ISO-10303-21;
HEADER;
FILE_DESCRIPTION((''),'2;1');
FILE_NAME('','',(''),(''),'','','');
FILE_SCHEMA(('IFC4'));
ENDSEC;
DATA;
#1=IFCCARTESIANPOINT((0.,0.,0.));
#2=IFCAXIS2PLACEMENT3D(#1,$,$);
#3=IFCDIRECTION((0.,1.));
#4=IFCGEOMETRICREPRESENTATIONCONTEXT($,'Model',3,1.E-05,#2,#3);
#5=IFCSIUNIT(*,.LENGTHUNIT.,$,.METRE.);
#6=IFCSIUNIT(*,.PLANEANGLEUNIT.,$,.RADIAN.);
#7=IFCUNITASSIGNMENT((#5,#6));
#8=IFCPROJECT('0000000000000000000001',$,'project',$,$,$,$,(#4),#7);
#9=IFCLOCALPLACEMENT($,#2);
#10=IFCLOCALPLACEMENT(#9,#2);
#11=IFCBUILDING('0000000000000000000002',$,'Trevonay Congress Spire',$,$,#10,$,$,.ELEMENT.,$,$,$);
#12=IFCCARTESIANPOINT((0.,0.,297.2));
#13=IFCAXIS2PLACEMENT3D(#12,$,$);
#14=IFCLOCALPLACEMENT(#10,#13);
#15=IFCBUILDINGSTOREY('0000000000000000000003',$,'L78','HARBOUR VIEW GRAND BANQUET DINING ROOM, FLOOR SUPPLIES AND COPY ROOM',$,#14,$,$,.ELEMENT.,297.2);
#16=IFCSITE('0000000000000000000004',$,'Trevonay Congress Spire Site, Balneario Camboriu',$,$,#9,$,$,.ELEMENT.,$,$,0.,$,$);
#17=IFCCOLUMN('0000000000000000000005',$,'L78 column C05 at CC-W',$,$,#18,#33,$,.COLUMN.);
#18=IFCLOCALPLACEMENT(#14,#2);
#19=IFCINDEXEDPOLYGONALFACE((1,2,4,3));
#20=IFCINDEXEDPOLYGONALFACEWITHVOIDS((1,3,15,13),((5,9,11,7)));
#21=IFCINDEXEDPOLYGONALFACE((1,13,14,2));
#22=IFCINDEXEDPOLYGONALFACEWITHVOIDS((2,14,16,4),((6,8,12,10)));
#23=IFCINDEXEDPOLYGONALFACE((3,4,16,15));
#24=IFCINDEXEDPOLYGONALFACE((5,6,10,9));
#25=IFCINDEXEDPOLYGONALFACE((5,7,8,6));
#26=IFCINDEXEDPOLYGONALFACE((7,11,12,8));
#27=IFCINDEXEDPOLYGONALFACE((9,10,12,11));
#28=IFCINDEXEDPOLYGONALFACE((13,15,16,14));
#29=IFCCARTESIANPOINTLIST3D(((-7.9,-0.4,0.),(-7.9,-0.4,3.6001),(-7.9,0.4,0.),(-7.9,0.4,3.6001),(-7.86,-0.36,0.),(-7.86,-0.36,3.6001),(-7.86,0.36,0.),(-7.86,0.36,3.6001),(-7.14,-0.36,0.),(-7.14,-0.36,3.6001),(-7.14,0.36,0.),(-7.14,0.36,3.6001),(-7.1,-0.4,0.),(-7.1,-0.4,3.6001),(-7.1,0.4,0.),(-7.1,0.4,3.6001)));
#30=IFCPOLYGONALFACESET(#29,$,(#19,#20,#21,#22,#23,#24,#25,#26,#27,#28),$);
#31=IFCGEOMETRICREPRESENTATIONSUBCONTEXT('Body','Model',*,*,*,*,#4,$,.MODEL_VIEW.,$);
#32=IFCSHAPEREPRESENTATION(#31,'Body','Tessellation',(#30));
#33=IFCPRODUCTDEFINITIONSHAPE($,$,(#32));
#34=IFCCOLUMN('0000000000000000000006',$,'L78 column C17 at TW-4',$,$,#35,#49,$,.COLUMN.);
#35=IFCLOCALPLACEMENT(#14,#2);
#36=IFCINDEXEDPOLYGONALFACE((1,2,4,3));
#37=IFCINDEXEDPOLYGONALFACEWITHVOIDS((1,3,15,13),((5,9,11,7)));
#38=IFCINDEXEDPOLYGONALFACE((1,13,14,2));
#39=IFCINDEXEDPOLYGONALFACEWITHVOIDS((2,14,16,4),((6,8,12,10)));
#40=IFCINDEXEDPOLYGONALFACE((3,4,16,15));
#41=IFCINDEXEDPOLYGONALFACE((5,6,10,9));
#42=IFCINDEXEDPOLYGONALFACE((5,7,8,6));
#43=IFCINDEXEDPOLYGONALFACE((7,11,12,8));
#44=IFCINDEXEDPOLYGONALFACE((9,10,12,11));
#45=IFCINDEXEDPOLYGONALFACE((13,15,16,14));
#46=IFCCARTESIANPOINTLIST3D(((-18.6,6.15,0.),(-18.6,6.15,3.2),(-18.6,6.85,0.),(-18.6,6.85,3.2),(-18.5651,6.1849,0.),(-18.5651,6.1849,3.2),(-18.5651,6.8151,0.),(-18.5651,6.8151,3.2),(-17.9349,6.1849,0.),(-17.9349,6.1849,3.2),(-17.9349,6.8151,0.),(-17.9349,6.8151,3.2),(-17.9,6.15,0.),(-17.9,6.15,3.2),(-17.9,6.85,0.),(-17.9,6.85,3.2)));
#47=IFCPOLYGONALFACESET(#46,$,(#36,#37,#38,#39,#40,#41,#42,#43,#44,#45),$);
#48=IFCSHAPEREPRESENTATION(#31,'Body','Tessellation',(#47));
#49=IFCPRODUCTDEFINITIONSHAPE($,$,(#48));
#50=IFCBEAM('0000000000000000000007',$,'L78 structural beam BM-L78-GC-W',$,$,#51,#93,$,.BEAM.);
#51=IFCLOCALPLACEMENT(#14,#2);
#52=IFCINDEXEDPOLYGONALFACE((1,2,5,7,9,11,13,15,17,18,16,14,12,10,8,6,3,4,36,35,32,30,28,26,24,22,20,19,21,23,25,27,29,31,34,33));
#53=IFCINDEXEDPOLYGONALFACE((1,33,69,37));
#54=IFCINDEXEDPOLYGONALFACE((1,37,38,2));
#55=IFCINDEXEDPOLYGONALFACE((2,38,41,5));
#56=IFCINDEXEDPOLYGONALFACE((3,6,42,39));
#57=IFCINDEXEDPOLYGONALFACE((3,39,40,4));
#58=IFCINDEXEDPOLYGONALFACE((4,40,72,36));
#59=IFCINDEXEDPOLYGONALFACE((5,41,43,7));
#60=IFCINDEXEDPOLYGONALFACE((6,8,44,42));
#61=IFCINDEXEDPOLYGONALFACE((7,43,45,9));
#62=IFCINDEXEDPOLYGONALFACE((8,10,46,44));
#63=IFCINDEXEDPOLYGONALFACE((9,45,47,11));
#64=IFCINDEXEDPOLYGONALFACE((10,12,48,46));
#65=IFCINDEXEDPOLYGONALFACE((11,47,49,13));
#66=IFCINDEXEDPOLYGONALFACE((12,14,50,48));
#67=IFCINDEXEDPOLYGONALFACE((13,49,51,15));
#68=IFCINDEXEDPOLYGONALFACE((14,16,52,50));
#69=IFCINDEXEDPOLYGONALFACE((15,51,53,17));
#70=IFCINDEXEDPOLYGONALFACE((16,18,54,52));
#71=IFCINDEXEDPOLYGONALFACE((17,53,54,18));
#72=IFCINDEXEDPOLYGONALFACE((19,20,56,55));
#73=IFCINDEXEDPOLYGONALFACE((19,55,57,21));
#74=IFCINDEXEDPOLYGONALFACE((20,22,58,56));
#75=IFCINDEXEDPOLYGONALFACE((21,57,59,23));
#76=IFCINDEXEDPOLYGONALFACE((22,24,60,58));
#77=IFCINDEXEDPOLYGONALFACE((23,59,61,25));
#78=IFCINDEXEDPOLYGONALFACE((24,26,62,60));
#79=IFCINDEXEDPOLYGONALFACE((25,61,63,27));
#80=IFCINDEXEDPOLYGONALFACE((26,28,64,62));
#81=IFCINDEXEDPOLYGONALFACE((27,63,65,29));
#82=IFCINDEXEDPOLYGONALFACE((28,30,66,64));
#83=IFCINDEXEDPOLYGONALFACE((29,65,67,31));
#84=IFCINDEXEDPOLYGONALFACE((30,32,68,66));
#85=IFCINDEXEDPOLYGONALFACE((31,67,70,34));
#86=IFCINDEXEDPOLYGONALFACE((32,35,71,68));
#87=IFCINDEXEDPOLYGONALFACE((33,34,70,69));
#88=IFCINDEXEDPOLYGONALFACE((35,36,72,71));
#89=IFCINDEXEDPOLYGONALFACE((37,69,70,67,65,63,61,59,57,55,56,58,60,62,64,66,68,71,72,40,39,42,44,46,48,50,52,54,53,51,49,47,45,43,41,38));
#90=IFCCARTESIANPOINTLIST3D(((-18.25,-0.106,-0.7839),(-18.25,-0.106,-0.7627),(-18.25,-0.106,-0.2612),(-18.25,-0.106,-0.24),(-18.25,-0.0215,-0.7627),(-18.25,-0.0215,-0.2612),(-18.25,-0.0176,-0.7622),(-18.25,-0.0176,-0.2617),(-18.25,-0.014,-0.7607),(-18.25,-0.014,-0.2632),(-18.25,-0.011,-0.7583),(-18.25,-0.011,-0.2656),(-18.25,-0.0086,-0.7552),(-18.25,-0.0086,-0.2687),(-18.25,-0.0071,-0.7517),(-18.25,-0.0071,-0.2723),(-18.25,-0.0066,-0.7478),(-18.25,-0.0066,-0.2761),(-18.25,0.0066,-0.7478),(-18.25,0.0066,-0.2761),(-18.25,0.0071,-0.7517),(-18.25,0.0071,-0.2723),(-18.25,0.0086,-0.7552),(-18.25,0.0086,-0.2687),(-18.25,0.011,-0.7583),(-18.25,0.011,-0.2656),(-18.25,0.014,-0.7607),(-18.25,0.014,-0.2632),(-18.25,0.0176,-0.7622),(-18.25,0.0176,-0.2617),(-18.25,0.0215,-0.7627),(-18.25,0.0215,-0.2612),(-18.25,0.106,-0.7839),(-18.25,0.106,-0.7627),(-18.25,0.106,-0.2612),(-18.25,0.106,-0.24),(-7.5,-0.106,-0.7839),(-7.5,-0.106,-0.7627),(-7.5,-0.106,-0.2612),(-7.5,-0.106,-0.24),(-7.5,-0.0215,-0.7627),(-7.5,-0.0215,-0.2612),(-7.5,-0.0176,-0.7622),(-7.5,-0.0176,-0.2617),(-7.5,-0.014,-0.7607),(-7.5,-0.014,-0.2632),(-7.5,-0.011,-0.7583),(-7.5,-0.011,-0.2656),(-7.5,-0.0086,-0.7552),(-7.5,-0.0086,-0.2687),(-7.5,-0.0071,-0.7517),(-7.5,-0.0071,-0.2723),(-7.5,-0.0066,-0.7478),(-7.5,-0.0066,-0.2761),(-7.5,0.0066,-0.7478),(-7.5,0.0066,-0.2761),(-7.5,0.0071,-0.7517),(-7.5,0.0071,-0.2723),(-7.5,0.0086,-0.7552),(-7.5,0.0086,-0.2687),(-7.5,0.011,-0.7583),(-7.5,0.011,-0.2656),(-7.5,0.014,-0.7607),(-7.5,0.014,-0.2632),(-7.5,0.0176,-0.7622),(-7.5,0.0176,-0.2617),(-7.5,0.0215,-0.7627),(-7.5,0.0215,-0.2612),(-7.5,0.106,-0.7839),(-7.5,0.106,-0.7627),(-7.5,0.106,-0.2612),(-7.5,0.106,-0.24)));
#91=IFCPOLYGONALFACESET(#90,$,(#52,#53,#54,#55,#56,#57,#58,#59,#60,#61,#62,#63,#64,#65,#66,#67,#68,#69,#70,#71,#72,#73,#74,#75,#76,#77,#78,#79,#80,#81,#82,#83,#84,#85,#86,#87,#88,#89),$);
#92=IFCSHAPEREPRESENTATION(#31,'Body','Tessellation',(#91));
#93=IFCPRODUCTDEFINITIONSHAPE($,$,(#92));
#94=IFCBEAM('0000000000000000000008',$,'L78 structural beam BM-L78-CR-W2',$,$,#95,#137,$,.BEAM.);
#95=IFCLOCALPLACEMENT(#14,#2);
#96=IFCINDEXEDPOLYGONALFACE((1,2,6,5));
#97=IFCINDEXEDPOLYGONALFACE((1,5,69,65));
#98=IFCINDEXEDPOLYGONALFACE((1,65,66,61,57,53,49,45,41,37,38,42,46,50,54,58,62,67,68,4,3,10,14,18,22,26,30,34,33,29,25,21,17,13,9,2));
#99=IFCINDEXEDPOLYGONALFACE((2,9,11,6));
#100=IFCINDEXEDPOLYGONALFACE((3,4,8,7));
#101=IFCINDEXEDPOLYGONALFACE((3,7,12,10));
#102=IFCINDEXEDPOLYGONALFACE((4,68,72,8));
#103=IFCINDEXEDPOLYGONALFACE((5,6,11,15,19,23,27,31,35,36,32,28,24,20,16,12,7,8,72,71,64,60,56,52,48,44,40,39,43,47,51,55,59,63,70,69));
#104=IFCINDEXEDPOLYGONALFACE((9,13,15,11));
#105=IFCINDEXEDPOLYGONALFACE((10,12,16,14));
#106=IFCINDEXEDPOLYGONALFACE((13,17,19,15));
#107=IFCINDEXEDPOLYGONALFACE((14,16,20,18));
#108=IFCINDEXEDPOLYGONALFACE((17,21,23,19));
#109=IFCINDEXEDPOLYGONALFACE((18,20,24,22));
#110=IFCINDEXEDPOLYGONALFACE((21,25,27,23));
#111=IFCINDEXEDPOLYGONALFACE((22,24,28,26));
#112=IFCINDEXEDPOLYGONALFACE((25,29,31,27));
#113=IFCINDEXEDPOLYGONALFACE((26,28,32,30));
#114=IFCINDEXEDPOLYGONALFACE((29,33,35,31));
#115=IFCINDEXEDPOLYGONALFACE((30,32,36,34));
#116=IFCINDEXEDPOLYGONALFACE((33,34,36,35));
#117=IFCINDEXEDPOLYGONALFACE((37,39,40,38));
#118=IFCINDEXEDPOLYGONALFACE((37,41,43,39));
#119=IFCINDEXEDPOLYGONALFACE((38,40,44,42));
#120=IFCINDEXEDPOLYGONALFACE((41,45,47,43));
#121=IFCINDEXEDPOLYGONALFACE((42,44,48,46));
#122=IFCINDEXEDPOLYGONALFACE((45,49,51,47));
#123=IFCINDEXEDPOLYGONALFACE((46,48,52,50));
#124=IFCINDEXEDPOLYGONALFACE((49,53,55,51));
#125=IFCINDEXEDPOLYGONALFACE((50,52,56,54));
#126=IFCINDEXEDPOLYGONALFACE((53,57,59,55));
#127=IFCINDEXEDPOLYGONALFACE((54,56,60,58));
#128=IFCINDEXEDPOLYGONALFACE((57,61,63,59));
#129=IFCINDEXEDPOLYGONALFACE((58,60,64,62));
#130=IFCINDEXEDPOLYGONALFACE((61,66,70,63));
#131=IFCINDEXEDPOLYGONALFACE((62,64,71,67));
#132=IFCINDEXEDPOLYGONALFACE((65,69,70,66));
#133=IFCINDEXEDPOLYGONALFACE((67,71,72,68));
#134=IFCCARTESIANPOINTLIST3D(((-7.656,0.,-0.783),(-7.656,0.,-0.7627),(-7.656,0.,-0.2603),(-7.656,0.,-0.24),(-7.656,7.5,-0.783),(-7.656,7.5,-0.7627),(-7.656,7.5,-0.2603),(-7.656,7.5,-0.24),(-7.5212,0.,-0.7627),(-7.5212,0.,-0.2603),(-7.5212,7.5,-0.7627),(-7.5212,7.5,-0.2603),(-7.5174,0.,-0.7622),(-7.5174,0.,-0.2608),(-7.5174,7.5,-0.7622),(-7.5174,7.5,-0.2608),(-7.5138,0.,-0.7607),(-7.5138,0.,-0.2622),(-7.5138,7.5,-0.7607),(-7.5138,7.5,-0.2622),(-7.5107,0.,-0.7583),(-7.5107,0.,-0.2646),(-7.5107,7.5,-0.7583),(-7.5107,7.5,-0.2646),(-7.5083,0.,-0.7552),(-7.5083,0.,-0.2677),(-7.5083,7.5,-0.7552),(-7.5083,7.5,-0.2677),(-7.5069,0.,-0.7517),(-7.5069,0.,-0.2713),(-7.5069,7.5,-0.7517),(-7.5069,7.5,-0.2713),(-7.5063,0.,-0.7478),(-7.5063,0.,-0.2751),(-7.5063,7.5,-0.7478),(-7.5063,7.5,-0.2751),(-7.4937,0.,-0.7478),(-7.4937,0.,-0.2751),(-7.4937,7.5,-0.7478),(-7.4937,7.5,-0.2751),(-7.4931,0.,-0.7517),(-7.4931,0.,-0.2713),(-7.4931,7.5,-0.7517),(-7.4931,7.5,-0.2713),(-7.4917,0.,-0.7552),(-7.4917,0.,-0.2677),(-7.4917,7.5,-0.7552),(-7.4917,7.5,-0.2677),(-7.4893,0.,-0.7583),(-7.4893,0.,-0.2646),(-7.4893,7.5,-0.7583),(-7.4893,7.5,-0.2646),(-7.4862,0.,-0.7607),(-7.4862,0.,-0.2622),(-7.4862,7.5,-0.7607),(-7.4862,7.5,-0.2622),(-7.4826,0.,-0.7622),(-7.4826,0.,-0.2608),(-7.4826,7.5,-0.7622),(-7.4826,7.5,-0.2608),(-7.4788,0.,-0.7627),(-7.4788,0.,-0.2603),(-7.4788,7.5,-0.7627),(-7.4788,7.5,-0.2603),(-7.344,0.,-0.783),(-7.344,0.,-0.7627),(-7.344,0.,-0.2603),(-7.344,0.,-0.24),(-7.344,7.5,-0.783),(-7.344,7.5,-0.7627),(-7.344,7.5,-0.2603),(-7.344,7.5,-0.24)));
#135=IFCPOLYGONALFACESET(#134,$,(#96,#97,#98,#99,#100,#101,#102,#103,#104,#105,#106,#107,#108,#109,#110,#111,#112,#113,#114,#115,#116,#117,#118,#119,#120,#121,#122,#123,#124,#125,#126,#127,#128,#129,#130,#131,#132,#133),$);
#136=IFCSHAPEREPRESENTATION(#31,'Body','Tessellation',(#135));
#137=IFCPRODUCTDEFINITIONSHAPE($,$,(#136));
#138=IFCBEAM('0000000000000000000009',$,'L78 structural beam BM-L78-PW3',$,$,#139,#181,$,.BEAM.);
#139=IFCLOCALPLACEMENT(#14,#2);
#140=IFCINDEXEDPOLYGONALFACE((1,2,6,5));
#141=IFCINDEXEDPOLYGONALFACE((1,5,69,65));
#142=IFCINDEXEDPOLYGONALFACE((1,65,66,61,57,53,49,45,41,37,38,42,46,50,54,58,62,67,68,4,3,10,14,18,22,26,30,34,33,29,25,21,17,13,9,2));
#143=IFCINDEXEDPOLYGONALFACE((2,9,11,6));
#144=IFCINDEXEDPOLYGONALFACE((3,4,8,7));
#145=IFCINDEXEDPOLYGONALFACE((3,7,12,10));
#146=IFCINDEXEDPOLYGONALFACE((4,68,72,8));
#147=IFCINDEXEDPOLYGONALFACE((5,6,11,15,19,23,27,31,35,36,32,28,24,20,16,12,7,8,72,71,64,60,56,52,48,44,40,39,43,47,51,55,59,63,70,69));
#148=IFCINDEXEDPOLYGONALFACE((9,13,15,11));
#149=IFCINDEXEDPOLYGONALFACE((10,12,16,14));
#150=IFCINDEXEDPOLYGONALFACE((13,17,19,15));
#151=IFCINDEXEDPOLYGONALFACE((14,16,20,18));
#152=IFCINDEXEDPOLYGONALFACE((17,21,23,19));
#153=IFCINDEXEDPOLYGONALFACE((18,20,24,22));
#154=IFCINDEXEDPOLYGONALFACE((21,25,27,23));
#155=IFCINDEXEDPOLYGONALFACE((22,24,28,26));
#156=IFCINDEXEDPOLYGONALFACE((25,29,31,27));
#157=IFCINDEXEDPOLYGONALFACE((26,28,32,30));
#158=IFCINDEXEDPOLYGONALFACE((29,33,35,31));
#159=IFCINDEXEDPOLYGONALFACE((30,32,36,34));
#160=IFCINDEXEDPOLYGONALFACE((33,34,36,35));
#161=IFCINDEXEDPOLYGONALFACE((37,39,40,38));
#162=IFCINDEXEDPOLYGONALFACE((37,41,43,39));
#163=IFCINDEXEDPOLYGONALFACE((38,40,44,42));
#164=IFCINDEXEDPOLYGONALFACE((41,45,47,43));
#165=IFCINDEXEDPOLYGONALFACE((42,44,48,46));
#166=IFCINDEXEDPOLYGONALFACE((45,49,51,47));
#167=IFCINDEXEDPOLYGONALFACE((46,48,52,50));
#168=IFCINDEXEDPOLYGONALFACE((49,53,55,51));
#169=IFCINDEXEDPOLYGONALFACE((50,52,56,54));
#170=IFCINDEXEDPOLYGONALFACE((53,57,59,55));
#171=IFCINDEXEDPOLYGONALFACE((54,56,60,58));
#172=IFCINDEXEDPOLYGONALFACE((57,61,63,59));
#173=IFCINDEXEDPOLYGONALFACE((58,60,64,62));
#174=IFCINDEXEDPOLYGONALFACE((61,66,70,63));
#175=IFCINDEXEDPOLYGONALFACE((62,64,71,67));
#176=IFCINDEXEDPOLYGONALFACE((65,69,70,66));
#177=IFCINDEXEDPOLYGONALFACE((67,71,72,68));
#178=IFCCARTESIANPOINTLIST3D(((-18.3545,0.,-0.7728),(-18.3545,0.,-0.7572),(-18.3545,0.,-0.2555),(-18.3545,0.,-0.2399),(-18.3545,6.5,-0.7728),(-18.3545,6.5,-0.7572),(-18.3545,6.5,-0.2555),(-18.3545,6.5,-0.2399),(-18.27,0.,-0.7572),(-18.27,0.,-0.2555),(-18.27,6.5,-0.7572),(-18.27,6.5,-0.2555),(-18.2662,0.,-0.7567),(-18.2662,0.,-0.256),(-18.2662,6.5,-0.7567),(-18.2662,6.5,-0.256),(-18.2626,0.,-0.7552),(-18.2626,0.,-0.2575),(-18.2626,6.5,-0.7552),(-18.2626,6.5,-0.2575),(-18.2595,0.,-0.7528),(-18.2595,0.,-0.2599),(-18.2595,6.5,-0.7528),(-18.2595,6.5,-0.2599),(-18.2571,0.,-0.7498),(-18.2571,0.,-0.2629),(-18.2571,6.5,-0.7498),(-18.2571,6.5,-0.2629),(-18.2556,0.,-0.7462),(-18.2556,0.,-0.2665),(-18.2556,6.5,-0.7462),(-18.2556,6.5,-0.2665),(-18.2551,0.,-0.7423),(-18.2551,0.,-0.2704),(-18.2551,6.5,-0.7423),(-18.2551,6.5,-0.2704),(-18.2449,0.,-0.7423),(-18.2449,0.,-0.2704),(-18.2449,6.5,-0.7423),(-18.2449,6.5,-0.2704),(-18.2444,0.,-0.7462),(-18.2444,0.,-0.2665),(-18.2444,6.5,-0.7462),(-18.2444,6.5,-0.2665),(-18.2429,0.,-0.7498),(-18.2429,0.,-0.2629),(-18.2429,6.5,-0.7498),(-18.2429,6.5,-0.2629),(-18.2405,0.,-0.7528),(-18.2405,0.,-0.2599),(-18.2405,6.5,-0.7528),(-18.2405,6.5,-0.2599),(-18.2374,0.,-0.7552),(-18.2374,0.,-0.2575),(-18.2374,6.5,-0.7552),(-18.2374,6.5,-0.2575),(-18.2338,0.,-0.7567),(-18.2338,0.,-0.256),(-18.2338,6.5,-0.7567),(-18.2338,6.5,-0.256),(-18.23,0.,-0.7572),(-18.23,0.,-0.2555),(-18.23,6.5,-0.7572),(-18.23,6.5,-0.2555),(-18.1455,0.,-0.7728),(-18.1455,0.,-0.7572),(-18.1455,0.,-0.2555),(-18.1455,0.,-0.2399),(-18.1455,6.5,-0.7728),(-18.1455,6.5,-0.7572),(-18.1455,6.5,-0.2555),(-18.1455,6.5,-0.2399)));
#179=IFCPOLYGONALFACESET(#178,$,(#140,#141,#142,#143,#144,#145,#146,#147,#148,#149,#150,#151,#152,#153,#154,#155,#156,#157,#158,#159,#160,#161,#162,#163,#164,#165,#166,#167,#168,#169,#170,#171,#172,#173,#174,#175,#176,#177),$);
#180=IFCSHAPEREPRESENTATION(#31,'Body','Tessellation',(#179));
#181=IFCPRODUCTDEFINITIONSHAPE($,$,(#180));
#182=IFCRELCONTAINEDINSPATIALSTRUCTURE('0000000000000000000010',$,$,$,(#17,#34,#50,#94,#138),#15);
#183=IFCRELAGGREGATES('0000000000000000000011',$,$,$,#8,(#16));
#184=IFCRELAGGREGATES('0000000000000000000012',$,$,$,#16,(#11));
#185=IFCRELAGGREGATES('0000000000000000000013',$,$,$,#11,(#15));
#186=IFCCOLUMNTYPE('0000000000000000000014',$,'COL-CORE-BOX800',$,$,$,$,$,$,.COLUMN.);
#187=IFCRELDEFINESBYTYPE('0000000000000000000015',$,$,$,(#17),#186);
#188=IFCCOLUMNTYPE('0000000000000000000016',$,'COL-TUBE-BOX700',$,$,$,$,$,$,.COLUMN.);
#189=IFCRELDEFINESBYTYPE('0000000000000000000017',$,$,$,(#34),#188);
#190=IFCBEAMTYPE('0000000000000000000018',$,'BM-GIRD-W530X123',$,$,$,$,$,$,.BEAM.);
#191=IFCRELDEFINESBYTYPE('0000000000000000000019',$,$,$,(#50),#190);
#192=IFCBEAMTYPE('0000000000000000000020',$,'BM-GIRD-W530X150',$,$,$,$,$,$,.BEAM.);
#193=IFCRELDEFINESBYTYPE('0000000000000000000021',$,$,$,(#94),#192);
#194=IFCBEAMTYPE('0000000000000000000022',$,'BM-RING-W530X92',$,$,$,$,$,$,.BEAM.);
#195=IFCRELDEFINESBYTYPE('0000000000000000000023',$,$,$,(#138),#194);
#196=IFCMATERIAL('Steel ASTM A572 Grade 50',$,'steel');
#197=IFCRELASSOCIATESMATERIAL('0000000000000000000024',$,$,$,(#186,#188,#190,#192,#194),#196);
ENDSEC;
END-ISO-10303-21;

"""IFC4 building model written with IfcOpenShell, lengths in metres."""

from ifc_helpers import new_model, si_unit, direction, frame, origin, origin_2d, place, context, subcontext, project, spatial, hollow_rectangle, i_section, extrude, material, material_profile, profile_set, type_object, element, save


model = new_model("IFC4")

# Units and contexts
model_context = context("Model", 3, precision=1e-05, world=origin(), true_north=direction((0.0, 1.0)))
body_context = subcontext(model_context, "Body", "Model", "MODEL_VIEW")
ifc_project = project(units=[si_unit("LENGTHUNIT", "METRE"), si_unit("PLANEANGLEUNIT", "RADIAN")], contexts=[model_context])

# Site, building, storey
site_placement = place(None, origin())
site = spatial("IfcSite", under=ifc_project, at=site_placement, Name="Trevonay Congress Spire Site, Balneario Camboriu", CompositionType="ELEMENT", RefElevation=0.0)
building_placement = place(site_placement, origin())
building = spatial("IfcBuilding", under=site, at=building_placement, Name="Trevonay Congress Spire", CompositionType="ELEMENT")
storey_placement = place(building_placement, frame((0.0, 0.0, 297.2)))
storey = spatial("IfcBuildingStorey", under=building, at=storey_placement, Name="L78", Description="HARBOUR VIEW GRAND BANQUET DINING ROOM, FLOOR SUPPLIES AND COPY ROOM", CompositionType="ELEMENT", Elevation=297.2)

# Columns
ifc_material_1 = material(Name="Steel ASTM A572 Grade 50", Category="steel")
ifc_material_profile_1 = material_profile(ifc_material_1, hollow_rectangle(XDim=0.8, YDim=0.8, WallThickness=0.04, at=origin_2d()), Name="BOX 800x800x40")
ifc_profile_set_1 = profile_set([ifc_material_profile_1], Name="Steel ASTM A572 Grade 50")
column_type_1 = type_object("IfcColumnType", Name="COL-CORE-BOX800", PredefinedType="COLUMN", material=ifc_profile_set_1)
column_1_placement = place(storey_placement, frame((-7.5, 0.0, 0.0), z_axis=(0.0, 0.0, 1.0), x_axis=(1.0, 0.0, 0.0)))
element("IfcColumn", 1, at=column_1_placement, inside=storey, type_object=column_type_1, Name="L78 column C05 at CC-W", PredefinedType="COLUMN", context=body_context, shape_type="SweptSolid", body=[
    extrude(hollow_rectangle(XDim=0.8, YDim=0.8, WallThickness=0.04, at=origin_2d()), origin(), (0.0, 0.0, 1.0), 3.6001),
])
ifc_material_profile_2 = material_profile(ifc_material_1, hollow_rectangle(XDim=0.7, YDim=0.7, WallThickness=0.0349, at=origin_2d()), Name="BOX 700x700x35")
ifc_profile_set_2 = profile_set([ifc_material_profile_2], Name="Steel ASTM A572 Grade 50")
column_type_2 = type_object("IfcColumnType", Name="COL-TUBE-BOX700", PredefinedType="COLUMN", material=ifc_profile_set_2)
column_2_placement = place(storey_placement, frame((-18.25, 6.5, 0.0), z_axis=(0.0, 0.0, 1.0), x_axis=(1.0, 0.0, 0.0)))
element("IfcColumn", 2, at=column_2_placement, inside=storey, type_object=column_type_2, Name="L78 column C17 at TW-4", PredefinedType="COLUMN", context=body_context, shape_type="SweptSolid", body=[
    extrude(hollow_rectangle(XDim=0.7, YDim=0.7, WallThickness=0.0349, at=origin_2d()), origin(), (0.0, 0.0, 1.0), 3.2),
])

# Beams
ifc_material_profile_3 = material_profile(ifc_material_1, i_section(OverallWidth=0.2119, OverallDepth=0.5439, WebThickness=0.0132, FlangeThickness=0.0212, FilletRadius=0.0149, at=origin_2d()), Name="W530x123")
ifc_profile_set_3 = profile_set([ifc_material_profile_3], Name="Steel ASTM A572 Grade 50")
beam_type_1 = type_object("IfcBeamType", Name="BM-GIRD-W530X123", PredefinedType="BEAM", material=ifc_profile_set_3)
beam_1_placement = place(storey_placement, frame((-7.5, 0.0, -0.512), z_axis=(-1.0, 0.0, 0.0), x_axis=(0.0, -1.0, 0.0)))
element("IfcBeam", 3, at=beam_1_placement, inside=storey, type_object=beam_type_1, Name="L78 structural beam BM-L78-GC-W", PredefinedType="BEAM", context=body_context, shape_type="SweptSolid", body=[
    extrude(i_section(OverallWidth=0.2119, OverallDepth=0.5439, WebThickness=0.0132, FlangeThickness=0.0212, FilletRadius=0.0149, at=origin_2d()), origin(), (0.0, 0.0, 1.0), 10.75),
])
ifc_material_profile_4 = material_profile(ifc_material_1, i_section(OverallWidth=0.312, OverallDepth=0.543, WebThickness=0.0127, FlangeThickness=0.0203, FilletRadius=0.0149, at=origin_2d()), Name="W530x150")
ifc_profile_set_4 = profile_set([ifc_material_profile_4], Name="Steel ASTM A572 Grade 50")
beam_type_2 = type_object("IfcBeamType", Name="BM-GIRD-W530X150", PredefinedType="BEAM", material=ifc_profile_set_4)
beam_2_placement = place(storey_placement, frame((-7.5, 0.0, -0.5115), z_axis=(0.0, 1.0, 0.0), x_axis=(-1.0, 0.0, 0.0)))
element("IfcBeam", 4, at=beam_2_placement, inside=storey, type_object=beam_type_2, Name="L78 structural beam BM-L78-CR-W2", PredefinedType="BEAM", context=body_context, shape_type="SweptSolid", body=[
    extrude(i_section(OverallWidth=0.312, OverallDepth=0.543, WebThickness=0.0127, FlangeThickness=0.0203, FilletRadius=0.0149, at=origin_2d()), origin(), (0.0, 0.0, 1.0), 7.5),
])
ifc_material_profile_5 = material_profile(ifc_material_1, i_section(OverallWidth=0.209, OverallDepth=0.533, WebThickness=0.0103, FlangeThickness=0.0156, FilletRadius=0.0149, at=origin_2d()), Name="W530x92")
ifc_profile_set_5 = profile_set([ifc_material_profile_5], Name="Steel ASTM A572 Grade 50")
beam_type_3 = type_object("IfcBeamType", Name="BM-RING-W530X92", PredefinedType="BEAM", material=ifc_profile_set_5)
beam_3_placement = place(storey_placement, frame((-18.25, 0.0, -0.5063), z_axis=(0.0, 1.0, 0.0), x_axis=(-1.0, 0.0, 0.0)))
element("IfcBeam", 5, at=beam_3_placement, inside=storey, type_object=beam_type_3, Name="L78 structural beam BM-L78-PW3", PredefinedType="BEAM", context=body_context, shape_type="SweptSolid", body=[
    extrude(i_section(OverallWidth=0.209, OverallDepth=0.533, WebThickness=0.0103, FlangeThickness=0.0156, FilletRadius=0.0149, at=origin_2d()), origin(), (0.0, 0.0, 1.0), 6.5),
])

save(model, "model.ifc")
